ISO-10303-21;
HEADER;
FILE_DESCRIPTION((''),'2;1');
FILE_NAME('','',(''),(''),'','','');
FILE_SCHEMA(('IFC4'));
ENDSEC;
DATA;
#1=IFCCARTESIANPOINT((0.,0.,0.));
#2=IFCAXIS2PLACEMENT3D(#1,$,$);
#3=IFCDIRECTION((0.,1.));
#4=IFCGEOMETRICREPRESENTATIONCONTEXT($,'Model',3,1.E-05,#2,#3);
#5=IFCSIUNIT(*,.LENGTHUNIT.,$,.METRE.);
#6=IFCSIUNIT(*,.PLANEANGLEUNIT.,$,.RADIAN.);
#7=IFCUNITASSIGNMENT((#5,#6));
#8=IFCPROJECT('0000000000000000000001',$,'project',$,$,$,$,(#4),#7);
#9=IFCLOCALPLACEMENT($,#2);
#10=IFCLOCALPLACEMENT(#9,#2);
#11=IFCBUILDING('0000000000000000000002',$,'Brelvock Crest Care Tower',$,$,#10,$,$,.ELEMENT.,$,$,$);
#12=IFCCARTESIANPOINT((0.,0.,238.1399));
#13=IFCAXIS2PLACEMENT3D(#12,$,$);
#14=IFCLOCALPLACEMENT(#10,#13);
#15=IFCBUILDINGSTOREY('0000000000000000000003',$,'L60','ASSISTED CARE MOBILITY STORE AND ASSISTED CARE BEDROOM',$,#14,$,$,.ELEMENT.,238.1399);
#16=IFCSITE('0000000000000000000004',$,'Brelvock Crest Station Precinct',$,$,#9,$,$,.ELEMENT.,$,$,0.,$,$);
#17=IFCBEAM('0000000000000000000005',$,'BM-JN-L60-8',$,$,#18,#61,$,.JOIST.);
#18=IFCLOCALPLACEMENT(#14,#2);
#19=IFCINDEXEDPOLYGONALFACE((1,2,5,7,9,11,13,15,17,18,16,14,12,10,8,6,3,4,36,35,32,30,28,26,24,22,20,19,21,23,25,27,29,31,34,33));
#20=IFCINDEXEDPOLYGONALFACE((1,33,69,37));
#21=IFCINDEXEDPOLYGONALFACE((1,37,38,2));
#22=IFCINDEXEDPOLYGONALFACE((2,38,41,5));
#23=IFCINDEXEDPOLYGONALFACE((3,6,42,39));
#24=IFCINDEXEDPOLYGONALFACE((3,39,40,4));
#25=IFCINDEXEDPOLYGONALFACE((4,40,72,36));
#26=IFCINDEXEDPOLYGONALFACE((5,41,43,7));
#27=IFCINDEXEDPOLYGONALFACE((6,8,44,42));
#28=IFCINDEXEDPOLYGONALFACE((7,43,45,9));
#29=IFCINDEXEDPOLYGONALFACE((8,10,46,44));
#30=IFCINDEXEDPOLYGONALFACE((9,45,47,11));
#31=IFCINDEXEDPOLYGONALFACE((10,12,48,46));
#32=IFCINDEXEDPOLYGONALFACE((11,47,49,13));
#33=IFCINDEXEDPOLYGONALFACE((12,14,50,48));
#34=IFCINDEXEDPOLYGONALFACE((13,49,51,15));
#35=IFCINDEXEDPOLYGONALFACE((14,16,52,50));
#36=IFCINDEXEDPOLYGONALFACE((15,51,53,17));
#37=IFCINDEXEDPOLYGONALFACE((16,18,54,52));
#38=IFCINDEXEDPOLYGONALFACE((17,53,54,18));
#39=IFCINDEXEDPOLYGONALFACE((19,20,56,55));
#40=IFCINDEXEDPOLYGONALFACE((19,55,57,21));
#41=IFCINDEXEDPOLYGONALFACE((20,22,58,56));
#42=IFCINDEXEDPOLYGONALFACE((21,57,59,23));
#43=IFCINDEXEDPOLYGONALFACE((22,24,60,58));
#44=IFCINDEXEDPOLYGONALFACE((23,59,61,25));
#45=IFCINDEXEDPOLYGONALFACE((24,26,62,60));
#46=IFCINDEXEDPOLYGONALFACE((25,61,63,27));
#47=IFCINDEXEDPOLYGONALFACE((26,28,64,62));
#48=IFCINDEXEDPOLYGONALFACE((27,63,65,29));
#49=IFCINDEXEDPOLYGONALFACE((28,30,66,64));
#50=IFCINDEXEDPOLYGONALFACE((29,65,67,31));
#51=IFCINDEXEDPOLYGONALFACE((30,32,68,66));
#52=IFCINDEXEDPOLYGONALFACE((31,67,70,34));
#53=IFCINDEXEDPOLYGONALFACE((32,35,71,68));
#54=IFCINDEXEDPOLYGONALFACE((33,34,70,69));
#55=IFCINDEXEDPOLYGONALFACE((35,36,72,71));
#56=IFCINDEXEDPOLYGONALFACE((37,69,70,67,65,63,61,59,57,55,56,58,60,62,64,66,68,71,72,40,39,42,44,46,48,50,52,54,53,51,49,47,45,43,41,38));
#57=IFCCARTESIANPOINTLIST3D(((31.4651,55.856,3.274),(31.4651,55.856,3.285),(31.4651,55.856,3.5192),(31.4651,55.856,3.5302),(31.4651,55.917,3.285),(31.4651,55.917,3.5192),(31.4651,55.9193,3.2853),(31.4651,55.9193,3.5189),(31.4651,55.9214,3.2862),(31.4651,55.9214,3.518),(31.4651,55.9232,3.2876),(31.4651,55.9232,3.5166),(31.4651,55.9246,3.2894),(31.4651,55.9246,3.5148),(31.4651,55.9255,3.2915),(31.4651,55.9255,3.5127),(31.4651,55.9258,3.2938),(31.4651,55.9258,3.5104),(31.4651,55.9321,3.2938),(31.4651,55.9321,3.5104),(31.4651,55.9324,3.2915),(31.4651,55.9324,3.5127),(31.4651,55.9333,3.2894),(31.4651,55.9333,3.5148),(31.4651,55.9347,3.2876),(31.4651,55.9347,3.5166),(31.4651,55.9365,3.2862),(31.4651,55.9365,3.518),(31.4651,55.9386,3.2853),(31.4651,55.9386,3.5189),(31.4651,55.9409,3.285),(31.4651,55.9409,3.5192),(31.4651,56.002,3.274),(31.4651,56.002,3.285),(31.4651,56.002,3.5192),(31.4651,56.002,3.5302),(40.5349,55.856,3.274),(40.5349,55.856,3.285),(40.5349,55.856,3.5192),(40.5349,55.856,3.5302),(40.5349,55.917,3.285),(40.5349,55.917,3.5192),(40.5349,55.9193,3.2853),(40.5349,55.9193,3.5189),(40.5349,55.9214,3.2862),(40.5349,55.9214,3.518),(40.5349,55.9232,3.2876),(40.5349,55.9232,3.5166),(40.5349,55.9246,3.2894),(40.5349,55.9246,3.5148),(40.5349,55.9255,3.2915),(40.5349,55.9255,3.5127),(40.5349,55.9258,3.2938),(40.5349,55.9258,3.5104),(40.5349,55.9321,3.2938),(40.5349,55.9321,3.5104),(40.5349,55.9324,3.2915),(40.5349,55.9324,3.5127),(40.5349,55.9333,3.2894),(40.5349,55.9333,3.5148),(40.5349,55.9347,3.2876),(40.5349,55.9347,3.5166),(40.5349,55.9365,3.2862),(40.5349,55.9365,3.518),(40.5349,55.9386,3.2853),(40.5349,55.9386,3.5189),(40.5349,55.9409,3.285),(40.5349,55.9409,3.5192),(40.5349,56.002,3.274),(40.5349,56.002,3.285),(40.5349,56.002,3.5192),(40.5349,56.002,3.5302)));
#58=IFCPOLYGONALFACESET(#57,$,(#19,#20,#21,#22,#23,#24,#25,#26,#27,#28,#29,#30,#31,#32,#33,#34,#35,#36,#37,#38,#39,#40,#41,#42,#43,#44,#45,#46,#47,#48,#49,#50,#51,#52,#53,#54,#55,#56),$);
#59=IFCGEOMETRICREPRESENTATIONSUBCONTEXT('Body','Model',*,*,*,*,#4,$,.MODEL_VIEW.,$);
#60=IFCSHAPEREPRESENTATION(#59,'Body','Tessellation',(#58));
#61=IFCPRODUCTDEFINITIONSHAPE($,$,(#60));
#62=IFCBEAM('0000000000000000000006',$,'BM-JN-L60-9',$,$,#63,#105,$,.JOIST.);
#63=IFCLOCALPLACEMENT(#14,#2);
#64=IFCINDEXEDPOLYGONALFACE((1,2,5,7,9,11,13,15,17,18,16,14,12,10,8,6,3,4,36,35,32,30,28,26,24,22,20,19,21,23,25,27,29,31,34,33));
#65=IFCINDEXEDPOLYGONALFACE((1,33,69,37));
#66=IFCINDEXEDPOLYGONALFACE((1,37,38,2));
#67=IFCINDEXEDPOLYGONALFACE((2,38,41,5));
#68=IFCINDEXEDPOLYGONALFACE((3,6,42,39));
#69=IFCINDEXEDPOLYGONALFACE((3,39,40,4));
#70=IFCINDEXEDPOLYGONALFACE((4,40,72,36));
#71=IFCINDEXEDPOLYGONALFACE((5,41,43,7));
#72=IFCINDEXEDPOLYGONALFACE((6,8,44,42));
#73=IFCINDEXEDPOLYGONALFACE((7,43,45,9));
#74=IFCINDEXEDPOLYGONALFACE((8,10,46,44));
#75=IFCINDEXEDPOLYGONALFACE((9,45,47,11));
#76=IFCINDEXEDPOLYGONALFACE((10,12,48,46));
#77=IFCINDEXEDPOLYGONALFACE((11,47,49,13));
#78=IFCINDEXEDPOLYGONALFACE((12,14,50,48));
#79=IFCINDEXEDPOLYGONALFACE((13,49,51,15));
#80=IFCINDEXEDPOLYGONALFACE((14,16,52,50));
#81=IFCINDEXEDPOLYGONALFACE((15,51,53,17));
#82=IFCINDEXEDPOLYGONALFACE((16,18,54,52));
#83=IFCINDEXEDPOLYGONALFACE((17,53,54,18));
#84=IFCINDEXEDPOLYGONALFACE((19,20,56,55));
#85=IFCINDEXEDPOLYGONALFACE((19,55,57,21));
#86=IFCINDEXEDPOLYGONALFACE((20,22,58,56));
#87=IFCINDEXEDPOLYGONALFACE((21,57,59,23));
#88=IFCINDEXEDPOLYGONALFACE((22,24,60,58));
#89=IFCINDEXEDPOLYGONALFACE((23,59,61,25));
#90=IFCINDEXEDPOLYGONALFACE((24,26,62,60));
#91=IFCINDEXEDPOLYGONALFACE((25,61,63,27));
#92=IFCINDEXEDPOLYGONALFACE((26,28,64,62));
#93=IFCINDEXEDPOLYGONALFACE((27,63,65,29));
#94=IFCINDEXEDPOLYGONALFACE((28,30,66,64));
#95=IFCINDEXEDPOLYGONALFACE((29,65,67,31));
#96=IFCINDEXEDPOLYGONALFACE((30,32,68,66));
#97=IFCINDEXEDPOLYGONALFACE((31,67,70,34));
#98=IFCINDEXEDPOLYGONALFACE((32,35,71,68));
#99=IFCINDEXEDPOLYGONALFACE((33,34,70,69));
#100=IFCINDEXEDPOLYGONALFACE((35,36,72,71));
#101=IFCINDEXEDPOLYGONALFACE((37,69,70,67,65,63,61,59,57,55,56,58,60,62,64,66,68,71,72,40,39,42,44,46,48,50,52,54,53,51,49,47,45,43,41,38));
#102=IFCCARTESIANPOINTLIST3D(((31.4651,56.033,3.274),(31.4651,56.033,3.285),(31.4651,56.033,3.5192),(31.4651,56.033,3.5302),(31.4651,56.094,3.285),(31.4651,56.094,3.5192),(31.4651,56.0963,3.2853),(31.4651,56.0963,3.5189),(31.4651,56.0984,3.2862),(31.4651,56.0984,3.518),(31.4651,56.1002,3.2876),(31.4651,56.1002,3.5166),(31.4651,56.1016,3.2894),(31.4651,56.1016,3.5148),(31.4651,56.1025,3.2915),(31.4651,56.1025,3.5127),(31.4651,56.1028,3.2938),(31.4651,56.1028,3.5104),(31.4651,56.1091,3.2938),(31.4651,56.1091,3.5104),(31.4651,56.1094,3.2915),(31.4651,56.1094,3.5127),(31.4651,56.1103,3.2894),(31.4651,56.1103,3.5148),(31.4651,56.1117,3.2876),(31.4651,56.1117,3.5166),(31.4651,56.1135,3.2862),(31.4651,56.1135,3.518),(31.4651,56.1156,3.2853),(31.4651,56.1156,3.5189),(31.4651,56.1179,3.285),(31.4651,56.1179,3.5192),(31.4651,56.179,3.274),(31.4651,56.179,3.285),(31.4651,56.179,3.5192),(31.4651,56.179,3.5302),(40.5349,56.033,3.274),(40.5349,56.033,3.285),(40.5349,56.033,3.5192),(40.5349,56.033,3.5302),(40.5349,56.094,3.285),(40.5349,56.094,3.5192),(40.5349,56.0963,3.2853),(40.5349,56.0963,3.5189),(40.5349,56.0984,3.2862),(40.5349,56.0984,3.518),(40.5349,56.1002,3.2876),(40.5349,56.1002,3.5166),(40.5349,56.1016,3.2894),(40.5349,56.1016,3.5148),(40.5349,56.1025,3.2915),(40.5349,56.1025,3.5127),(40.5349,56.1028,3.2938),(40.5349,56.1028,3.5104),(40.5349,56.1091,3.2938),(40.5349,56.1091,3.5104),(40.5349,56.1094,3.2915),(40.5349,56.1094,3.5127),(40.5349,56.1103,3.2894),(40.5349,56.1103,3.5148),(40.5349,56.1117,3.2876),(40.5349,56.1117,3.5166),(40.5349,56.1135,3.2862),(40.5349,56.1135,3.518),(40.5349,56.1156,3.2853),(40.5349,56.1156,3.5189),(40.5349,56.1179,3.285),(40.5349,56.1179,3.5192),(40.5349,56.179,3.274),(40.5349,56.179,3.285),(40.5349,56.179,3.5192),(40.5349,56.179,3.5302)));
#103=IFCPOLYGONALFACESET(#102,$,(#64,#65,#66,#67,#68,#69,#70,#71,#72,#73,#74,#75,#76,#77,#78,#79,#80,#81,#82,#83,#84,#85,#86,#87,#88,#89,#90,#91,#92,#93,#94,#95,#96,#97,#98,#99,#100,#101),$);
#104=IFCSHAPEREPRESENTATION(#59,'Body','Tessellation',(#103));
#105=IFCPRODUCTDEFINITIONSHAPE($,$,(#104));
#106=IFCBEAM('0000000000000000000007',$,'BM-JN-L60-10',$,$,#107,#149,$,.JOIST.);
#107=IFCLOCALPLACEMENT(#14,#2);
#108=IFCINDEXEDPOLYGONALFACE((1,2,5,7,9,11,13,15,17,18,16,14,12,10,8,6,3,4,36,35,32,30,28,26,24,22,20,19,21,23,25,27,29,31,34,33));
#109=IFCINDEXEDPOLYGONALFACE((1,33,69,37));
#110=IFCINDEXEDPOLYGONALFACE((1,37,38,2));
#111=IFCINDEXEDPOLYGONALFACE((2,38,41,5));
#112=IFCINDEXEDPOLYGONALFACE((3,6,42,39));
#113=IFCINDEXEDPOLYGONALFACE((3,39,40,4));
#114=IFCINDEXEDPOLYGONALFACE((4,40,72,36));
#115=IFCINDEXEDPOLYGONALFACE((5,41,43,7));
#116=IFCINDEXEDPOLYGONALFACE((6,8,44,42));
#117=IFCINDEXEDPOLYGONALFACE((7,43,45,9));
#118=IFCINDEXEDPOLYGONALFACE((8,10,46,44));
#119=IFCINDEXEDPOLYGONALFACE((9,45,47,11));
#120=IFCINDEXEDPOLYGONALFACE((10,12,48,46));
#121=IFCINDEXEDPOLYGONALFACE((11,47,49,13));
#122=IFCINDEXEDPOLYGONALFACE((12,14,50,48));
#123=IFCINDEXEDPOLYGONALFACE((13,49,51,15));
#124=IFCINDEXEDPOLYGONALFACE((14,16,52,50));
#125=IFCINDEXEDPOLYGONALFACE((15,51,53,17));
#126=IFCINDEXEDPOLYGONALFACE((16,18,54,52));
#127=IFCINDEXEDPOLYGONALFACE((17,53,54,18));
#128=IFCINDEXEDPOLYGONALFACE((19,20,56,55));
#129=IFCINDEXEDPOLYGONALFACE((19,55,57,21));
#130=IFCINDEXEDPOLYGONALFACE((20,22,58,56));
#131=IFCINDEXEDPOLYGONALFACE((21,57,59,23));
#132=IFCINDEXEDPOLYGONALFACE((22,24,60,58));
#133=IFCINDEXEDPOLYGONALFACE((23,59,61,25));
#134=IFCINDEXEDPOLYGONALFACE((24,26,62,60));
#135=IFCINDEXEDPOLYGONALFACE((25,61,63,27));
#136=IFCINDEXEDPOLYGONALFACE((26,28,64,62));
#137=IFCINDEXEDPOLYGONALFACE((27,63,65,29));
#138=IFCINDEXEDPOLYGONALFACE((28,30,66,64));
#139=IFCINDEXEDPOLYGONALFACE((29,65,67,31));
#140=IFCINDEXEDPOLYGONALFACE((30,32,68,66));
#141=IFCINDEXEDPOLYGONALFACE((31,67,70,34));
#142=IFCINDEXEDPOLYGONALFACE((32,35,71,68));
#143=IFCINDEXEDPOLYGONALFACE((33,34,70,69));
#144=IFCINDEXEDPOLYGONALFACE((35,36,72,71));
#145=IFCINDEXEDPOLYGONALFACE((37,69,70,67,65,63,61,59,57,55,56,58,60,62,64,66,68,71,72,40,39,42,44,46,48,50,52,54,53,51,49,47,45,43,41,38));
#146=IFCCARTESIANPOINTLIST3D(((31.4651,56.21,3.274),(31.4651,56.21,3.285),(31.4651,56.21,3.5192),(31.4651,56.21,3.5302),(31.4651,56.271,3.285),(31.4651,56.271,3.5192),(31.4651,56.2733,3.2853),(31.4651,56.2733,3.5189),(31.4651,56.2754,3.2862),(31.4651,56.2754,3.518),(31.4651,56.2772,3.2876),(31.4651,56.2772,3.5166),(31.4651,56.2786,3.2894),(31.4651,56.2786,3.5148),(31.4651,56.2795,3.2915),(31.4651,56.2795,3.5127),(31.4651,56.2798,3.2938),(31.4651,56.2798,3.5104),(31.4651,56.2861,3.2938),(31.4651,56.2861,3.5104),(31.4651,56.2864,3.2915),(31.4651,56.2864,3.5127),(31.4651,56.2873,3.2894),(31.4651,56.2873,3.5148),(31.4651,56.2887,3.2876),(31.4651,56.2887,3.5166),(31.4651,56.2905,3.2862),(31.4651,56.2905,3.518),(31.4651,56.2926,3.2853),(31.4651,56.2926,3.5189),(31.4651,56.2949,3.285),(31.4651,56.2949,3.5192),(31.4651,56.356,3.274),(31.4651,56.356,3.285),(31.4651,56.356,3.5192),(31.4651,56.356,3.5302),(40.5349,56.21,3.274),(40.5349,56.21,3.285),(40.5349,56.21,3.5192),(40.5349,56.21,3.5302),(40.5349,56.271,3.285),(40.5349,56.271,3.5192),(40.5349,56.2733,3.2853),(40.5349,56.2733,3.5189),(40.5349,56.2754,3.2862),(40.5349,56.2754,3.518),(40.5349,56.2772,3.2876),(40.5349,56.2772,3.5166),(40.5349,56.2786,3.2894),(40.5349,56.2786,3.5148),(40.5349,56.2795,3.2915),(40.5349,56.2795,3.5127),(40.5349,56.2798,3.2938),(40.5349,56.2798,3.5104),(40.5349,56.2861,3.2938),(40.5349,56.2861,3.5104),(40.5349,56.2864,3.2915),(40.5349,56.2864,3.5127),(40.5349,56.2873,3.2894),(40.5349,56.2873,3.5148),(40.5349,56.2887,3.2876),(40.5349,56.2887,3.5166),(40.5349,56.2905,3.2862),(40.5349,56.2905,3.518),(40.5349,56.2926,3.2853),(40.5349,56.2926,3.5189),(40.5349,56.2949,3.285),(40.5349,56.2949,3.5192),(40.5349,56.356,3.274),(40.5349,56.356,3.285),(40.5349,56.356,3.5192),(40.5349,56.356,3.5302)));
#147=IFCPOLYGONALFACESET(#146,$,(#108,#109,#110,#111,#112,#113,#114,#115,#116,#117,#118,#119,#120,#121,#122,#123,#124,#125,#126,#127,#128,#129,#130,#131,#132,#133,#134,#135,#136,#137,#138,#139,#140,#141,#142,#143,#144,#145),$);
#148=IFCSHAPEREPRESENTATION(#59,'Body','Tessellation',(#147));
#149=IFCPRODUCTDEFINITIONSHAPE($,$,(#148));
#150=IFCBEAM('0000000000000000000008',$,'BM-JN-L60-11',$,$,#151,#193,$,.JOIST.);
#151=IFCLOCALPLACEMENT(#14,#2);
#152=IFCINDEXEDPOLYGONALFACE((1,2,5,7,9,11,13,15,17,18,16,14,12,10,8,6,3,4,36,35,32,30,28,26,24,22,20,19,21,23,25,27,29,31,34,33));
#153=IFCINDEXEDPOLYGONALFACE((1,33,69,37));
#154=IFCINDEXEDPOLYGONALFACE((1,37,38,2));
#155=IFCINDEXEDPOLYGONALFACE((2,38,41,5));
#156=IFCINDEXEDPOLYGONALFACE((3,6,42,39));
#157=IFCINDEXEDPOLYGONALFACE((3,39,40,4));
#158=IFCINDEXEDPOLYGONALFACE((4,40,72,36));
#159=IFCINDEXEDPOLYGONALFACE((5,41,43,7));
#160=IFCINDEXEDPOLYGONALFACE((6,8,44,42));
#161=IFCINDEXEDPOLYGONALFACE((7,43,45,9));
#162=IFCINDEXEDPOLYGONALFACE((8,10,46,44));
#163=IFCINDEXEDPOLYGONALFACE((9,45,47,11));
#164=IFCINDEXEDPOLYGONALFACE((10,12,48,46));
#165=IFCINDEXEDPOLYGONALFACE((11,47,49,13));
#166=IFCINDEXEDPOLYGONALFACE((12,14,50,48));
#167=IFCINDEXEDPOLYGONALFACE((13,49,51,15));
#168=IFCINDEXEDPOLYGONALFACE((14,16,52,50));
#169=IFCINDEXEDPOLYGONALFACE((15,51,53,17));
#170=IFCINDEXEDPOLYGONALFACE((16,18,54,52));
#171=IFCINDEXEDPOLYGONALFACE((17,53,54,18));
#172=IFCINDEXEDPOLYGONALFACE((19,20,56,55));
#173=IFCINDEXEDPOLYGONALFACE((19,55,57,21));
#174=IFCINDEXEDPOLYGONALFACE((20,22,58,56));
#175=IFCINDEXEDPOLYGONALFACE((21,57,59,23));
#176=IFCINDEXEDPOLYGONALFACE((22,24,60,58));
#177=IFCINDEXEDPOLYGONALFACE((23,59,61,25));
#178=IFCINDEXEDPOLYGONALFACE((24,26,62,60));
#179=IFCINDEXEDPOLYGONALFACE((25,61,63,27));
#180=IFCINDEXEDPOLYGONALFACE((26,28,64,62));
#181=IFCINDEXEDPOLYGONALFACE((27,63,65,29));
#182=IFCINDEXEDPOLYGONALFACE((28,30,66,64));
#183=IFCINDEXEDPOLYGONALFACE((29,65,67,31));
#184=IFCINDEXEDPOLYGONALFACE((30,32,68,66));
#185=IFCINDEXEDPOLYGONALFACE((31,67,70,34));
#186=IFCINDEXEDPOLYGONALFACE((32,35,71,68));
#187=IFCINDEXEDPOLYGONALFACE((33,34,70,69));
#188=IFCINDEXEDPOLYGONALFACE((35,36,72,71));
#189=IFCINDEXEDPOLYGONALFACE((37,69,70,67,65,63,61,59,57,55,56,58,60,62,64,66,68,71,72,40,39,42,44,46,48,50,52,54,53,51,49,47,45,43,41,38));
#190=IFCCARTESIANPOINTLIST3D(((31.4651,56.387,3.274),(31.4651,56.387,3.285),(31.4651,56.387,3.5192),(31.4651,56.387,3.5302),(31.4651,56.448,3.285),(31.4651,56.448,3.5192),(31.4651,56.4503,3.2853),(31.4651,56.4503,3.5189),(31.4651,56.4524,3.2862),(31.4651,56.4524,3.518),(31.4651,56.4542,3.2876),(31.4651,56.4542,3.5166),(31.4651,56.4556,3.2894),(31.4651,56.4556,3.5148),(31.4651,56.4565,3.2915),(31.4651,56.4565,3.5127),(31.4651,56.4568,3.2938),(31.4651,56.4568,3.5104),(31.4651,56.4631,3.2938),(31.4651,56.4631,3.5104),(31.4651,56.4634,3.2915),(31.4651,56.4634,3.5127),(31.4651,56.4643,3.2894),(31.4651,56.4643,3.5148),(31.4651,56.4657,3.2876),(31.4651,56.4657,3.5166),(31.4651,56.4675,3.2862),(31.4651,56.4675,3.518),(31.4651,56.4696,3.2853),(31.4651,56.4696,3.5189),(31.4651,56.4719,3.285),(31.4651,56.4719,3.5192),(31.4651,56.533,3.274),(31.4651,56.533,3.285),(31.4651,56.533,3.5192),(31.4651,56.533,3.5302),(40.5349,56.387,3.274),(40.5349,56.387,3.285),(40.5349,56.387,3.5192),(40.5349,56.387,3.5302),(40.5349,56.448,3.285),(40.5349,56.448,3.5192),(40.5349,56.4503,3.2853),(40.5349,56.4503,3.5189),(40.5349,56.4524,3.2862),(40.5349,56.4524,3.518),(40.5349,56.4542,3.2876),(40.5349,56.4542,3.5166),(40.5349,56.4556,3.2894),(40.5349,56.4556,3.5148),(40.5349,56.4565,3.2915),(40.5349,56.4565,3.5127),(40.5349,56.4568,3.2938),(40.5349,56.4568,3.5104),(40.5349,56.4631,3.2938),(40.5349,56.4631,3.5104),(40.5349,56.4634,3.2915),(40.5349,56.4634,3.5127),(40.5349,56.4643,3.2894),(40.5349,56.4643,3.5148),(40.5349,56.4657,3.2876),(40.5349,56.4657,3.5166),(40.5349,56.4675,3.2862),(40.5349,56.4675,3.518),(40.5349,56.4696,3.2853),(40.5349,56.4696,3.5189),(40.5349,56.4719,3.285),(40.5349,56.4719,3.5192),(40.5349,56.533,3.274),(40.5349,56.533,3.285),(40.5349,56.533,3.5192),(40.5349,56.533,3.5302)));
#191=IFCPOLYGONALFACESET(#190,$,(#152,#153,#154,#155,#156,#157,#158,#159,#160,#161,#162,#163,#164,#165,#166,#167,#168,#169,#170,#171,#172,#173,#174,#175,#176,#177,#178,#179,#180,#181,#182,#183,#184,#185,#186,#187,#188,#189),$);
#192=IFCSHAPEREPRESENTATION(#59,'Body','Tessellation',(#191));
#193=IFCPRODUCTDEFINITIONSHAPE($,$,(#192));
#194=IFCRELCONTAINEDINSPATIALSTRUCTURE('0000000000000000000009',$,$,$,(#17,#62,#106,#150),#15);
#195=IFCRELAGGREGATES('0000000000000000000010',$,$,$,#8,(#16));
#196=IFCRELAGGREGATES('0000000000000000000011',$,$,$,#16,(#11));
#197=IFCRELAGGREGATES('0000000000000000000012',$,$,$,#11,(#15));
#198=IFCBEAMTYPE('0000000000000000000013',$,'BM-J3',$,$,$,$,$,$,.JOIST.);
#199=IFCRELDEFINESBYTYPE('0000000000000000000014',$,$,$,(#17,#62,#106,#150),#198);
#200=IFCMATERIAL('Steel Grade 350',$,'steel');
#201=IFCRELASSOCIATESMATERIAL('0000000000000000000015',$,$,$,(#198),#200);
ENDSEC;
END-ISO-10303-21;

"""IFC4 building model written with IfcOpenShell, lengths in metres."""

from ifc_helpers import new_model, si_unit, direction, frame, origin, origin_2d, place, context, subcontext, project, spatial, i_section, extrude, source, transform, mapped, material, material_profile, profile_set, type_object, element, save


model = new_model("IFC4")

# Units and contexts
model_context = context("Model", 3, precision=1e-05, world=origin(), true_north=direction((0.0, 1.0)))
body_context = subcontext(model_context, "Body", "Model", "MODEL_VIEW")
ifc_project = project(units=[si_unit("LENGTHUNIT", "METRE"), si_unit("PLANEANGLEUNIT", "RADIAN")], contexts=[model_context])

# Site, building, storey
site_placement = place(None, origin())
site = spatial("IfcSite", under=ifc_project, at=site_placement, Name="Brelvock Crest Station Precinct", CompositionType="ELEMENT", RefElevation=0.0)
building_placement = place(site_placement, origin())
building = spatial("IfcBuilding", under=site, at=building_placement, Name="Brelvock Crest Care Tower", CompositionType="ELEMENT")
storey_placement = place(building_placement, frame((0.0, 0.0, 238.1399)))
storey = spatial("IfcBuildingStorey", under=building, at=storey_placement, Name="L60", Description="ASSISTED CARE MOBILITY STORE AND ASSISTED CARE BEDROOM", CompositionType="ELEMENT", Elevation=238.1399)

# Shared definitions
ifc_material_1 = material(Name="Steel Grade 350", Category="steel")

# Beams
ifc_material_profile_1 = material_profile(ifc_material_1, i_section(OverallWidth=0.146, OverallDepth=0.2561, WebThickness=0.0063, FlangeThickness=0.011, FilletRadius=0.0088, at=origin_2d()), Name="250UB37.3")
ifc_profile_set_1 = profile_set([ifc_material_profile_1], Name="Steel Grade 350")
beam_type_1 = type_object("IfcBeamType", Name="BM-J3", PredefinedType="JOIST", material=ifc_profile_set_1)
shared_shape_1 = source(origin(), body_context, "Body", "SweptSolid", [
    extrude(i_section(OverallWidth=0.146, OverallDepth=0.2561, WebThickness=0.0063, FlangeThickness=0.011, FilletRadius=0.0088, at=origin_2d()), origin(), (0.0, 0.0, 1.0), 9.0698),
])
for number, where, z_axis, x_axis, name in (
    (1, (31.4651, 55.929, 3.4021), (1.0, 0.0, 0.0), (0.0, 1.0, 0.0), "BM-JN-L60-8"),
    (2, (31.4651, 56.106, 3.4021), (1.0, 0.0, 0.0), (0.0, 1.0, 0.0), "BM-JN-L60-9"),
    (3, (31.4651, 56.283, 3.4021), (1.0, 0.0, 0.0), (0.0, 1.0, 0.0), "BM-JN-L60-10"),
    (4, (31.4651, 56.46, 3.4021), (1.0, 0.0, 0.0), (0.0, 1.0, 0.0), "BM-JN-L60-11"),
):
    element("IfcBeam", number, at=place(storey_placement, frame(where, z_axis=z_axis, x_axis=x_axis)), inside=storey, type_object=beam_type_1, Name=name, PredefinedType="JOIST", context=body_context, shape_type="MappedRepresentation", body=[
        mapped(shared_shape_1, transform((0.0, 0.0, 0.0), x_axis=(1.0, 0.0, 0.0), y_axis=(0.0, 1.0, 0.0), z_axis=(0.0, 0.0, 1.0), scale=1.0)),
    ])

save(model, "model.ifc")
